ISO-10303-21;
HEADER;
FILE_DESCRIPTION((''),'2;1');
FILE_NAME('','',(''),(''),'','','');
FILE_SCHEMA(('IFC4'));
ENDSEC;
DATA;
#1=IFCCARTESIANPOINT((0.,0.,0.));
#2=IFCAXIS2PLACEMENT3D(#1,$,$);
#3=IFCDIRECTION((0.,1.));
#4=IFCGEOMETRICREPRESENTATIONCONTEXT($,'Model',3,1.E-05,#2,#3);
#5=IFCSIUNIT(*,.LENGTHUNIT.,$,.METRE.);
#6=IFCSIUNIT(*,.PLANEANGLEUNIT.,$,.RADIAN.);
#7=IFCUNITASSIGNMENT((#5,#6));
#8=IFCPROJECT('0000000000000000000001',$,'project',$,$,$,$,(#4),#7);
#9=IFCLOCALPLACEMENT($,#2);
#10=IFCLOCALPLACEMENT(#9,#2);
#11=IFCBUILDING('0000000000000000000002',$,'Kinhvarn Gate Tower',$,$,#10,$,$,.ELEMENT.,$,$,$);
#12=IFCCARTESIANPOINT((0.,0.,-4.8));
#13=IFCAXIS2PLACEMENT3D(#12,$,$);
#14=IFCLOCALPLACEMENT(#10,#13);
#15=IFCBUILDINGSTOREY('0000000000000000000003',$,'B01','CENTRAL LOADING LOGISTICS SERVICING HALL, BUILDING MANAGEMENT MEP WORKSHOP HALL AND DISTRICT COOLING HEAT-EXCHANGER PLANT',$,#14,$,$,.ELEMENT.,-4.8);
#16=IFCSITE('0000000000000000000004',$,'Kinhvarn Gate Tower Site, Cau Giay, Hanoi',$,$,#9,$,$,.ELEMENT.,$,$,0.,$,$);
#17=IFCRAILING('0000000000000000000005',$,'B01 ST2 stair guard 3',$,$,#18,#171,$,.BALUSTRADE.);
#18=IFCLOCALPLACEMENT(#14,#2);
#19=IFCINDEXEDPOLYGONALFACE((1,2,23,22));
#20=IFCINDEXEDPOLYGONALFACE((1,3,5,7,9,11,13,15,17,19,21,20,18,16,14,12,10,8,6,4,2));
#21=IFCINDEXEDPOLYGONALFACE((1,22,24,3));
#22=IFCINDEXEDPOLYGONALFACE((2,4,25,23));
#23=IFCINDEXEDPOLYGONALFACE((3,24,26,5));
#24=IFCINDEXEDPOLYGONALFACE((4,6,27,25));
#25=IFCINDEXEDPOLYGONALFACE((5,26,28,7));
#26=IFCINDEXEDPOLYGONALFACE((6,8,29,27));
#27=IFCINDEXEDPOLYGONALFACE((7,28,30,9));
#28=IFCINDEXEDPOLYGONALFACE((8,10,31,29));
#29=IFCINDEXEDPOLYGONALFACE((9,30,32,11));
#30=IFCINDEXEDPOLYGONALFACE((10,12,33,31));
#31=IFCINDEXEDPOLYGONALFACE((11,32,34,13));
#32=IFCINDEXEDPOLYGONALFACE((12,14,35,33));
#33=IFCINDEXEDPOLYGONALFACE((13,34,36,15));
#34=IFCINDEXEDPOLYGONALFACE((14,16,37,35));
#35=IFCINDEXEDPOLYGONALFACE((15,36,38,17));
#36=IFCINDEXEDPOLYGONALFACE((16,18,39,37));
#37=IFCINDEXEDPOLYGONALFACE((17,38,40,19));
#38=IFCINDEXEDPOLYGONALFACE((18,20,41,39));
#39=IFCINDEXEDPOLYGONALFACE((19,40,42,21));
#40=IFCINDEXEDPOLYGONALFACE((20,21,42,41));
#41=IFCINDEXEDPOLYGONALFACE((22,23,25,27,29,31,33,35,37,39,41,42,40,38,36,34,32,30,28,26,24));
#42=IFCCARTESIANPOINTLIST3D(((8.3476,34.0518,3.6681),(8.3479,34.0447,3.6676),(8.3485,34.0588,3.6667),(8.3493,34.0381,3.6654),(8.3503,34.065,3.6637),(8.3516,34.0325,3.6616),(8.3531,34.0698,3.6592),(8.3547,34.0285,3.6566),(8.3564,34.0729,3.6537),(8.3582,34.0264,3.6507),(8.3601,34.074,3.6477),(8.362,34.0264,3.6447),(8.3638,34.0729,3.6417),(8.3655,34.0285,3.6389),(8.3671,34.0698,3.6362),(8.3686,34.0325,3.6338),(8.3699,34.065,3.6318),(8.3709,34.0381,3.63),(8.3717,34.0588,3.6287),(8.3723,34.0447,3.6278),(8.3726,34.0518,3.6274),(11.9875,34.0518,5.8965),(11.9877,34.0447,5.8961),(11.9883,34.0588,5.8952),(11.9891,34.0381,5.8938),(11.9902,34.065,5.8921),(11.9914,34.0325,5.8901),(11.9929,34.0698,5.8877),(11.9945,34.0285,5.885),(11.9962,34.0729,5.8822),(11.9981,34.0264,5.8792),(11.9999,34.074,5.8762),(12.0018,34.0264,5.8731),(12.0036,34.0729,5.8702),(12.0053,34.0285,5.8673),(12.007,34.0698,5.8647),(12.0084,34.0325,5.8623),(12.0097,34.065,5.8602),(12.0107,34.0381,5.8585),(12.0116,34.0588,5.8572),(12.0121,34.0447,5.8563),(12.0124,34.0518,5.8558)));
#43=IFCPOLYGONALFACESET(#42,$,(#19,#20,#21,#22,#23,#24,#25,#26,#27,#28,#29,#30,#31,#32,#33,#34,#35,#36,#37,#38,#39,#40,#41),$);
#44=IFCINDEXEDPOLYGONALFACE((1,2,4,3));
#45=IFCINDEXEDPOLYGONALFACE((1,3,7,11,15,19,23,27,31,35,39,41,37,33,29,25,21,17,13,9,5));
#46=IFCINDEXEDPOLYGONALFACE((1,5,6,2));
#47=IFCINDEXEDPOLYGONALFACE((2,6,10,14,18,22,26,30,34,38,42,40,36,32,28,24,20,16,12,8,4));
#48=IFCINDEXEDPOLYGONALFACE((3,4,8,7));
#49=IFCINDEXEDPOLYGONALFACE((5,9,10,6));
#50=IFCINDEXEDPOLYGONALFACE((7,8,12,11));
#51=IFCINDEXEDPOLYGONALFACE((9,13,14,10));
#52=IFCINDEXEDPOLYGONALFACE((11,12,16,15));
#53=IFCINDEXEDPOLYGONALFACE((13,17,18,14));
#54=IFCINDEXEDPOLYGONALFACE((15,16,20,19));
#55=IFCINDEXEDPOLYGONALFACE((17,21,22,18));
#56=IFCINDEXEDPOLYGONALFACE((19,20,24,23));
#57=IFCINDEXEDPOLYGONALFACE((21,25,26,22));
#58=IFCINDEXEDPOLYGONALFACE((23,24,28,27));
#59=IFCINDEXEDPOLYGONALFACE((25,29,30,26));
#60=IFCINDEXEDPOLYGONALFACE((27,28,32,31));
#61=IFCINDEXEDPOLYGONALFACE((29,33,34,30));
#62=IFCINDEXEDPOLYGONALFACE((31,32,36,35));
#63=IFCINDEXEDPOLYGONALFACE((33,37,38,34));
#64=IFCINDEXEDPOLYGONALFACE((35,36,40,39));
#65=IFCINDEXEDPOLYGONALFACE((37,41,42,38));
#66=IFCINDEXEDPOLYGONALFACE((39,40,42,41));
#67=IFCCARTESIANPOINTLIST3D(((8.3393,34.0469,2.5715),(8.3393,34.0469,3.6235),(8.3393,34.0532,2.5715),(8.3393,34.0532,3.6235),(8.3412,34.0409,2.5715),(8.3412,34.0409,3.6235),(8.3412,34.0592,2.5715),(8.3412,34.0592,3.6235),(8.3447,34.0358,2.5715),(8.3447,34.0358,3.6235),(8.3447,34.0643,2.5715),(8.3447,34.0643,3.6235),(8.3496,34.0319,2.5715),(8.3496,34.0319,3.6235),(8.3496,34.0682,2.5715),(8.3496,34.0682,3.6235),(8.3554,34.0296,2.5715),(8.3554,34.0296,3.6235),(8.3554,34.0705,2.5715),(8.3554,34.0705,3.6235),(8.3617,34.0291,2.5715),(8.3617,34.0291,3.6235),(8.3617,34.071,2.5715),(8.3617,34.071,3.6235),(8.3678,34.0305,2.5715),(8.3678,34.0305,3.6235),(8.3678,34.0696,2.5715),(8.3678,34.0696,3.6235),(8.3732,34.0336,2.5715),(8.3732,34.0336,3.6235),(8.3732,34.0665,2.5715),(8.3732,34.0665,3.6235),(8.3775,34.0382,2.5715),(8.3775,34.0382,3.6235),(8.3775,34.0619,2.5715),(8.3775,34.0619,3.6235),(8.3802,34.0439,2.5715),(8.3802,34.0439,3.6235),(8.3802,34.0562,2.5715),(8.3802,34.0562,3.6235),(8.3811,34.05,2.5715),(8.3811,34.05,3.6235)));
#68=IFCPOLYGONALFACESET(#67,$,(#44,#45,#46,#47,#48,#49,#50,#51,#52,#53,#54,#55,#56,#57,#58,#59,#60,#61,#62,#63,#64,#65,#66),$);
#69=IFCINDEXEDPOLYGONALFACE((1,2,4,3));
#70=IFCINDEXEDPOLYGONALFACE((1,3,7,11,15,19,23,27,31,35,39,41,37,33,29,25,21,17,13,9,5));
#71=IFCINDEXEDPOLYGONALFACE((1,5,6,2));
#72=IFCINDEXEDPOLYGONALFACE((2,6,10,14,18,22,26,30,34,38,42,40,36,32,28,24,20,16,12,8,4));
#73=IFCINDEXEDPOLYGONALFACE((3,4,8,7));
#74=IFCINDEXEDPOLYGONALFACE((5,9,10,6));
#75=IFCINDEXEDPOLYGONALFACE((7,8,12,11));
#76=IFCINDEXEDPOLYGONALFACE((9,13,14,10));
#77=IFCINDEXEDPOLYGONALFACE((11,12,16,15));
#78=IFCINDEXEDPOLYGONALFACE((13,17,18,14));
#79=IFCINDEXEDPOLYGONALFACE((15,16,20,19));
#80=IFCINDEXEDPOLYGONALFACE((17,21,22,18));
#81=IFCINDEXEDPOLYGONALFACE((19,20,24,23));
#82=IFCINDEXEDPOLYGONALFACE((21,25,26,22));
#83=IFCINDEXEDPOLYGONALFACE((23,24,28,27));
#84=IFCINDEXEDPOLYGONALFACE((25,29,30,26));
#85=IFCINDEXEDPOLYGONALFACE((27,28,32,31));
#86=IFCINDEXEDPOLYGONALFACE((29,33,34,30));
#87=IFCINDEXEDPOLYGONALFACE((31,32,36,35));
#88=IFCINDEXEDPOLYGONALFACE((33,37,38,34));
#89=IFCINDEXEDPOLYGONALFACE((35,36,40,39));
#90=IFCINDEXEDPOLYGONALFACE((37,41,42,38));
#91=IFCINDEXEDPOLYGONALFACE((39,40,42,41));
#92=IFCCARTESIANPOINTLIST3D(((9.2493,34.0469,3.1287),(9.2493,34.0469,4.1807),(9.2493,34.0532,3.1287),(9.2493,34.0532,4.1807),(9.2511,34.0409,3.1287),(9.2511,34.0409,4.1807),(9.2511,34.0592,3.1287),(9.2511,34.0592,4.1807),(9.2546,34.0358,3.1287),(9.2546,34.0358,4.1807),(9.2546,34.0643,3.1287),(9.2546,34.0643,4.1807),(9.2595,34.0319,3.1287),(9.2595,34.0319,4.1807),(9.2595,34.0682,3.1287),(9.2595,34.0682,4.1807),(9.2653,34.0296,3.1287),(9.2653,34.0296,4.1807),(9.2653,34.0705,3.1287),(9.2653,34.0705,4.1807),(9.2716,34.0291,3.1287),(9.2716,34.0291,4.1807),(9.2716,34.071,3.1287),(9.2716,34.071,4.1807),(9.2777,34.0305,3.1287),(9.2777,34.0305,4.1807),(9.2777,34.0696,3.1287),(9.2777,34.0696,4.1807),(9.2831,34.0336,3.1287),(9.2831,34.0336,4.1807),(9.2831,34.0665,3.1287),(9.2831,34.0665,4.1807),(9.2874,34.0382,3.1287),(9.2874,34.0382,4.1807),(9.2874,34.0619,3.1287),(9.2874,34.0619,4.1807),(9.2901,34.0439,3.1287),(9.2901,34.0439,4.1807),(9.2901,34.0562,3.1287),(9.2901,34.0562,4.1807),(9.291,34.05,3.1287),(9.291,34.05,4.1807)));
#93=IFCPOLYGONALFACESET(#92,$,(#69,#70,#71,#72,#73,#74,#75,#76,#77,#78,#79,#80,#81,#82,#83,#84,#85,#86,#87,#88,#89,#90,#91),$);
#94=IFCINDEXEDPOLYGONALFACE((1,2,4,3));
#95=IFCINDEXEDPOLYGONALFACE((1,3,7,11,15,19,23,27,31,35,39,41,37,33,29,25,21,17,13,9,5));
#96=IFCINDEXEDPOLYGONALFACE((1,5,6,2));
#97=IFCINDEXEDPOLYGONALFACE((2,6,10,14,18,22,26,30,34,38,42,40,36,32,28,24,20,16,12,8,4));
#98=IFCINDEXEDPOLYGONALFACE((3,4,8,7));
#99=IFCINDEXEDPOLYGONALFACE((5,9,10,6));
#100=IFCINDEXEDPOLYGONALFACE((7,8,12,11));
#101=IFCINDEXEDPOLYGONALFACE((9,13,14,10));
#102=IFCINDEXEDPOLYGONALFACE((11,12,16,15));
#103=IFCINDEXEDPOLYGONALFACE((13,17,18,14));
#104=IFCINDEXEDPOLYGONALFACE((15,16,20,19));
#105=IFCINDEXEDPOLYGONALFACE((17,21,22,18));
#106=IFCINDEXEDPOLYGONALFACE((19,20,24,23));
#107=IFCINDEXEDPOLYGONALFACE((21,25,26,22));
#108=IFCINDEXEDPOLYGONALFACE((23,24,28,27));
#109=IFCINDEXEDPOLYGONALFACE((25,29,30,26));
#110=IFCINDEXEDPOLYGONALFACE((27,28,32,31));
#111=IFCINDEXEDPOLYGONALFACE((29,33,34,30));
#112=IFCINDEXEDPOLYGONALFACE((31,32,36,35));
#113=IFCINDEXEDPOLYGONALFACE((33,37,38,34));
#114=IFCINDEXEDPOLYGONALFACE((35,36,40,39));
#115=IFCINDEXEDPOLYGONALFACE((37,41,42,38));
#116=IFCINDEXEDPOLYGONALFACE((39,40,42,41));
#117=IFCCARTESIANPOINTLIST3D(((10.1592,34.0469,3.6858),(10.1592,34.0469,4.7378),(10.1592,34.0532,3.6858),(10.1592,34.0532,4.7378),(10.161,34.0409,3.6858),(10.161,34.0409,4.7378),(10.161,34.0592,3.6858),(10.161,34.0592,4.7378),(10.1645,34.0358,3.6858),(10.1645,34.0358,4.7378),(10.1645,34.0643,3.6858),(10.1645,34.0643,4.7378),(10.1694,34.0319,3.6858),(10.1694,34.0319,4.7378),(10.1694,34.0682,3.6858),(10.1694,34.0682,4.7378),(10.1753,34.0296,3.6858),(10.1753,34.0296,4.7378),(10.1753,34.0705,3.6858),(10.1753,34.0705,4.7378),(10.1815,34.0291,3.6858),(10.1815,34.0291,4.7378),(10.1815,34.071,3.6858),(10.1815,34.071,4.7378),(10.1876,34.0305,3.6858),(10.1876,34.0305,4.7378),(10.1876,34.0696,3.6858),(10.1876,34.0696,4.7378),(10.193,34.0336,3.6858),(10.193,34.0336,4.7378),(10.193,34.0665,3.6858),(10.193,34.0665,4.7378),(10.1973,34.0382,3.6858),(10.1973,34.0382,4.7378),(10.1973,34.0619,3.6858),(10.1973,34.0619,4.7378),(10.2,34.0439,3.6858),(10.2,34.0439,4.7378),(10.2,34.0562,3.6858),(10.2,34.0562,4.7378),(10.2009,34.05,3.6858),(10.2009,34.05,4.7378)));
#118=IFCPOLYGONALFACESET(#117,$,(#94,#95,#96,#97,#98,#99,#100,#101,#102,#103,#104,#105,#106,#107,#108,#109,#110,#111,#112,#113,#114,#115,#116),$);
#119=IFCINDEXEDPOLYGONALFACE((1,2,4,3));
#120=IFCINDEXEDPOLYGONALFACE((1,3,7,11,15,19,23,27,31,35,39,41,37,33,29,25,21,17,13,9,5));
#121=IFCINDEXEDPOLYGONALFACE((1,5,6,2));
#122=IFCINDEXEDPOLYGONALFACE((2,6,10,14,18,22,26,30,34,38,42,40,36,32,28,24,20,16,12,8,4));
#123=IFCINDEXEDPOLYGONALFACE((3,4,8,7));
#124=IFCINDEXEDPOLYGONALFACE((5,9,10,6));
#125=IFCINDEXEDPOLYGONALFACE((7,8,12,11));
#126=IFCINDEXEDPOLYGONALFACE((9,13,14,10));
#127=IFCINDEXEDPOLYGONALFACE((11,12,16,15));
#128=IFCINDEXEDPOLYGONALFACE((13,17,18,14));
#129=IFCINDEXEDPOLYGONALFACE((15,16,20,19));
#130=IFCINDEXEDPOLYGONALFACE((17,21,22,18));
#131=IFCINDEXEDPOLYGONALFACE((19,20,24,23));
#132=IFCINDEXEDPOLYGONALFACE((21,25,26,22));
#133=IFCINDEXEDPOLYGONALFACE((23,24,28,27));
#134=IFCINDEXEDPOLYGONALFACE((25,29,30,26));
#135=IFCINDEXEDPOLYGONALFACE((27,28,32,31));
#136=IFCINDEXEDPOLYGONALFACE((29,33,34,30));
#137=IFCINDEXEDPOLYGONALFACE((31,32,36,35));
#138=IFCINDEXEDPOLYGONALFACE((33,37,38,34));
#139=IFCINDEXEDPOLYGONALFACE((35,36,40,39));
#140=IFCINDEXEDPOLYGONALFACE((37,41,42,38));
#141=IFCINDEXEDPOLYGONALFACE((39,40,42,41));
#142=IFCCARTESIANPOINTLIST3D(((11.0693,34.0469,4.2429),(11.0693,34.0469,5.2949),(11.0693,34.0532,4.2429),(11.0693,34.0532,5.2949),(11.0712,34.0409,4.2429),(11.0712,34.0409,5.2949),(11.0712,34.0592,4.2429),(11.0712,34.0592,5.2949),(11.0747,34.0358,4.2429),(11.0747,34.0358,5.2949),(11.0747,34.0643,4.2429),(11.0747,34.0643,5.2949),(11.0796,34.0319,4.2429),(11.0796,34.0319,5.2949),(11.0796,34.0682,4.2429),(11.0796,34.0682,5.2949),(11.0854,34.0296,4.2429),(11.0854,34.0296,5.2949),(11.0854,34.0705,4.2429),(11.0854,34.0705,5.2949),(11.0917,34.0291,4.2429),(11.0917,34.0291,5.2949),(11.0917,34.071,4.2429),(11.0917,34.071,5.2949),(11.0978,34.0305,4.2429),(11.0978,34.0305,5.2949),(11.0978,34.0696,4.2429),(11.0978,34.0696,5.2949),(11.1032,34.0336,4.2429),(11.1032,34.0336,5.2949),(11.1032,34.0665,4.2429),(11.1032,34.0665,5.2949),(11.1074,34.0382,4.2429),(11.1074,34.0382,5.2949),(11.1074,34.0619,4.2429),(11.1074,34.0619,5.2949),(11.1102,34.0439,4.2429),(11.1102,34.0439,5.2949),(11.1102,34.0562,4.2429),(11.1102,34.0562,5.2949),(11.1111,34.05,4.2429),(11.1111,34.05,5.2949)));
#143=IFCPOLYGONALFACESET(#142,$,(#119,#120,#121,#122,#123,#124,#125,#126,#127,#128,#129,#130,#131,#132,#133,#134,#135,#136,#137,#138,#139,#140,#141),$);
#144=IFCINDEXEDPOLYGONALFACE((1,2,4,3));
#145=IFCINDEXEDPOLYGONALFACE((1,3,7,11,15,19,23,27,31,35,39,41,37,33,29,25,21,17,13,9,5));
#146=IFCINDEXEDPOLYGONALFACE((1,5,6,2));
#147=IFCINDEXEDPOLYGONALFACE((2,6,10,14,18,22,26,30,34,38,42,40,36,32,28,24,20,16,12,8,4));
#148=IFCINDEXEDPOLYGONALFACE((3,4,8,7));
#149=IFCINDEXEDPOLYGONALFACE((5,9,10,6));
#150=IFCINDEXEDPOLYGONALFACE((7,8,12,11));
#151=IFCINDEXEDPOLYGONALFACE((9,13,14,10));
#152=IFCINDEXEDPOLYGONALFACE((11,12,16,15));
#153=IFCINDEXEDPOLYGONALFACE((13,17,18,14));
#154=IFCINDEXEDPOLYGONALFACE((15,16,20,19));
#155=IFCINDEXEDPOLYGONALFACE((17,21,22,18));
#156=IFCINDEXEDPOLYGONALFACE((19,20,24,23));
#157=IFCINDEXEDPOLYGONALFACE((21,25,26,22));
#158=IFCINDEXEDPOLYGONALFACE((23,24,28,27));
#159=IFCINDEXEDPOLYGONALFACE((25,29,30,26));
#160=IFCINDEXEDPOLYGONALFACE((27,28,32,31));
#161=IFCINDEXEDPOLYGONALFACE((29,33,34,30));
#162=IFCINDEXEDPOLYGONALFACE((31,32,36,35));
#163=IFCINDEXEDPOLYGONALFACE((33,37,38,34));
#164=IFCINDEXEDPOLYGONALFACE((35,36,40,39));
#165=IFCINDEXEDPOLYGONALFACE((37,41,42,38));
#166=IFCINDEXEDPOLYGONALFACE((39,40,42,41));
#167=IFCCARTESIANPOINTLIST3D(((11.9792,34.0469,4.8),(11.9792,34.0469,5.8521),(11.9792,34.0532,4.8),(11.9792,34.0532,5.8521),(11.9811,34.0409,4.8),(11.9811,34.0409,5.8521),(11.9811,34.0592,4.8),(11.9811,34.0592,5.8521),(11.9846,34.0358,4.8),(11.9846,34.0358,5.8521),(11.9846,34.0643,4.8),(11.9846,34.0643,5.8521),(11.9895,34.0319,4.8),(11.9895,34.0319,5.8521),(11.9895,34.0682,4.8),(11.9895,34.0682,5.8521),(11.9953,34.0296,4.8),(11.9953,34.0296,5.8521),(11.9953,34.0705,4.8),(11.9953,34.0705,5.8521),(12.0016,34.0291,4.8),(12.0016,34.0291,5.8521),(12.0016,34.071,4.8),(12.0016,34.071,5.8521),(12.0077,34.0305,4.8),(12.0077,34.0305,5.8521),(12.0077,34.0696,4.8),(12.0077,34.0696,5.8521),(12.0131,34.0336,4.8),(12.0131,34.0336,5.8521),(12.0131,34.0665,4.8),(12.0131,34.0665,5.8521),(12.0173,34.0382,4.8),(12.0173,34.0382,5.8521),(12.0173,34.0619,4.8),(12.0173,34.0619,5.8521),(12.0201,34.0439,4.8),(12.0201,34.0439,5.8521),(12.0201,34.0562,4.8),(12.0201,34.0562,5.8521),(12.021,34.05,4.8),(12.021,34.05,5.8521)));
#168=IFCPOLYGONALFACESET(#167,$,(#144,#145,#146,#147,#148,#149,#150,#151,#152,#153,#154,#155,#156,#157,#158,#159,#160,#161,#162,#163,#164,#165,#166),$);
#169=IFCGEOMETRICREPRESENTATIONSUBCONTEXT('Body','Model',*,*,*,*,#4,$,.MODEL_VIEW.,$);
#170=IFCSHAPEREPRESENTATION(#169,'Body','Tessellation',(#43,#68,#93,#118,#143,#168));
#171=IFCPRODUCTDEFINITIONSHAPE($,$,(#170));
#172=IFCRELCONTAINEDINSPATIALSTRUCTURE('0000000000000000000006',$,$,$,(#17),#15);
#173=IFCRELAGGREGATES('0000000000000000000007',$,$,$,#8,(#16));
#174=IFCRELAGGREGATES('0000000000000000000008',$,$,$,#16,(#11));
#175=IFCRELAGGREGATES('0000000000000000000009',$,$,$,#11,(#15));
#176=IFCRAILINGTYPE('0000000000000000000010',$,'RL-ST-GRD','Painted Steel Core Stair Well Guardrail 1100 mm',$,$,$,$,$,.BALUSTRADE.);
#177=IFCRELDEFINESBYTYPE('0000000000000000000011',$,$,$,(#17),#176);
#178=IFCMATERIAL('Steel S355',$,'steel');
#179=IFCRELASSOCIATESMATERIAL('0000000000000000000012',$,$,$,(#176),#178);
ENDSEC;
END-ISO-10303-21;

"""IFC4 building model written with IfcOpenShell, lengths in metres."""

from ifc_helpers import new_model, si_unit, direction, frame, origin, origin_2d, place, context, subcontext, project, spatial, circle, extrude, material, type_object, element, save


model = new_model("IFC4")

# Units and contexts
model_context = context("Model", 3, precision=1e-05, world=origin(), true_north=direction((0.0, 1.0)))
body_context = subcontext(model_context, "Body", "Model", "MODEL_VIEW")
ifc_project = project(units=[si_unit("LENGTHUNIT", "METRE"), si_unit("PLANEANGLEUNIT", "RADIAN")], contexts=[model_context])

# Site, building, storey
site_placement = place(None, origin())
site = spatial("IfcSite", under=ifc_project, at=site_placement, Name="Kinhvarn Gate Tower Site, Cau Giay, Hanoi", CompositionType="ELEMENT", RefElevation=0.0)
building_placement = place(site_placement, origin())
building = spatial("IfcBuilding", under=site, at=building_placement, Name="Kinhvarn Gate Tower", CompositionType="ELEMENT")
storey_placement = place(building_placement, frame((0.0, 0.0, -4.8)))
storey = spatial("IfcBuildingStorey", under=building, at=storey_placement, Name="B01", Description="CENTRAL LOADING LOGISTICS SERVICING HALL, BUILDING MANAGEMENT MEP WORKSHOP HALL AND DISTRICT COOLING HEAT-EXCHANGER PLANT", CompositionType="ELEMENT", Elevation=-4.8)

# Shared definitions
ifc_material_1 = material(Name="Steel S355", Category="steel")

# Railing
railing_type_1 = type_object("IfcRailingType", Name="RL-ST-GRD", Description="Painted Steel Core Stair Well Guardrail 1100 mm", PredefinedType="BALUSTRADE", material=ifc_material_1)
railing_1_placement = place(storey_placement, frame((8.3601, 34.05, 2.5715)))
element("IfcRailing", 1, at=railing_1_placement, inside=storey, type_object=railing_type_1, Name="B01 ST2 stair guard 3", PredefinedType="BALUSTRADE", context=body_context, shape_type="SweptSolid", body=[
    extrude(circle(Radius=0.0239, at=origin_2d()), frame((0.0, 0.0, 1.0762), z_axis=(0.85285, 0.0, 0.522156), x_axis=(0.0, 1.0, 0.0)), (0.0, 0.0, 1.0), 4.2678),
    extrude(circle(Radius=0.021, at=origin_2d()), origin(), (0.0, 0.0, 1.0), 1.052),
    extrude(circle(Radius=0.021, at=origin_2d()), frame((0.9099, 0.0, 0.5571)), (0.0, 0.0, 1.0), 1.052),
    extrude(circle(Radius=0.021, at=origin_2d()), frame((1.8198, 0.0, 1.1143)), (0.0, 0.0, 1.0), 1.052),
    extrude(circle(Radius=0.021, at=origin_2d()), frame((2.73, 0.0, 1.6714)), (0.0, 0.0, 1.0), 1.052),
    extrude(circle(Radius=0.021, at=origin_2d()), frame((3.6399, 0.0, 2.2285)), (0.0, 0.0, 1.0), 1.052),
])

save(model, "model.ifc")
